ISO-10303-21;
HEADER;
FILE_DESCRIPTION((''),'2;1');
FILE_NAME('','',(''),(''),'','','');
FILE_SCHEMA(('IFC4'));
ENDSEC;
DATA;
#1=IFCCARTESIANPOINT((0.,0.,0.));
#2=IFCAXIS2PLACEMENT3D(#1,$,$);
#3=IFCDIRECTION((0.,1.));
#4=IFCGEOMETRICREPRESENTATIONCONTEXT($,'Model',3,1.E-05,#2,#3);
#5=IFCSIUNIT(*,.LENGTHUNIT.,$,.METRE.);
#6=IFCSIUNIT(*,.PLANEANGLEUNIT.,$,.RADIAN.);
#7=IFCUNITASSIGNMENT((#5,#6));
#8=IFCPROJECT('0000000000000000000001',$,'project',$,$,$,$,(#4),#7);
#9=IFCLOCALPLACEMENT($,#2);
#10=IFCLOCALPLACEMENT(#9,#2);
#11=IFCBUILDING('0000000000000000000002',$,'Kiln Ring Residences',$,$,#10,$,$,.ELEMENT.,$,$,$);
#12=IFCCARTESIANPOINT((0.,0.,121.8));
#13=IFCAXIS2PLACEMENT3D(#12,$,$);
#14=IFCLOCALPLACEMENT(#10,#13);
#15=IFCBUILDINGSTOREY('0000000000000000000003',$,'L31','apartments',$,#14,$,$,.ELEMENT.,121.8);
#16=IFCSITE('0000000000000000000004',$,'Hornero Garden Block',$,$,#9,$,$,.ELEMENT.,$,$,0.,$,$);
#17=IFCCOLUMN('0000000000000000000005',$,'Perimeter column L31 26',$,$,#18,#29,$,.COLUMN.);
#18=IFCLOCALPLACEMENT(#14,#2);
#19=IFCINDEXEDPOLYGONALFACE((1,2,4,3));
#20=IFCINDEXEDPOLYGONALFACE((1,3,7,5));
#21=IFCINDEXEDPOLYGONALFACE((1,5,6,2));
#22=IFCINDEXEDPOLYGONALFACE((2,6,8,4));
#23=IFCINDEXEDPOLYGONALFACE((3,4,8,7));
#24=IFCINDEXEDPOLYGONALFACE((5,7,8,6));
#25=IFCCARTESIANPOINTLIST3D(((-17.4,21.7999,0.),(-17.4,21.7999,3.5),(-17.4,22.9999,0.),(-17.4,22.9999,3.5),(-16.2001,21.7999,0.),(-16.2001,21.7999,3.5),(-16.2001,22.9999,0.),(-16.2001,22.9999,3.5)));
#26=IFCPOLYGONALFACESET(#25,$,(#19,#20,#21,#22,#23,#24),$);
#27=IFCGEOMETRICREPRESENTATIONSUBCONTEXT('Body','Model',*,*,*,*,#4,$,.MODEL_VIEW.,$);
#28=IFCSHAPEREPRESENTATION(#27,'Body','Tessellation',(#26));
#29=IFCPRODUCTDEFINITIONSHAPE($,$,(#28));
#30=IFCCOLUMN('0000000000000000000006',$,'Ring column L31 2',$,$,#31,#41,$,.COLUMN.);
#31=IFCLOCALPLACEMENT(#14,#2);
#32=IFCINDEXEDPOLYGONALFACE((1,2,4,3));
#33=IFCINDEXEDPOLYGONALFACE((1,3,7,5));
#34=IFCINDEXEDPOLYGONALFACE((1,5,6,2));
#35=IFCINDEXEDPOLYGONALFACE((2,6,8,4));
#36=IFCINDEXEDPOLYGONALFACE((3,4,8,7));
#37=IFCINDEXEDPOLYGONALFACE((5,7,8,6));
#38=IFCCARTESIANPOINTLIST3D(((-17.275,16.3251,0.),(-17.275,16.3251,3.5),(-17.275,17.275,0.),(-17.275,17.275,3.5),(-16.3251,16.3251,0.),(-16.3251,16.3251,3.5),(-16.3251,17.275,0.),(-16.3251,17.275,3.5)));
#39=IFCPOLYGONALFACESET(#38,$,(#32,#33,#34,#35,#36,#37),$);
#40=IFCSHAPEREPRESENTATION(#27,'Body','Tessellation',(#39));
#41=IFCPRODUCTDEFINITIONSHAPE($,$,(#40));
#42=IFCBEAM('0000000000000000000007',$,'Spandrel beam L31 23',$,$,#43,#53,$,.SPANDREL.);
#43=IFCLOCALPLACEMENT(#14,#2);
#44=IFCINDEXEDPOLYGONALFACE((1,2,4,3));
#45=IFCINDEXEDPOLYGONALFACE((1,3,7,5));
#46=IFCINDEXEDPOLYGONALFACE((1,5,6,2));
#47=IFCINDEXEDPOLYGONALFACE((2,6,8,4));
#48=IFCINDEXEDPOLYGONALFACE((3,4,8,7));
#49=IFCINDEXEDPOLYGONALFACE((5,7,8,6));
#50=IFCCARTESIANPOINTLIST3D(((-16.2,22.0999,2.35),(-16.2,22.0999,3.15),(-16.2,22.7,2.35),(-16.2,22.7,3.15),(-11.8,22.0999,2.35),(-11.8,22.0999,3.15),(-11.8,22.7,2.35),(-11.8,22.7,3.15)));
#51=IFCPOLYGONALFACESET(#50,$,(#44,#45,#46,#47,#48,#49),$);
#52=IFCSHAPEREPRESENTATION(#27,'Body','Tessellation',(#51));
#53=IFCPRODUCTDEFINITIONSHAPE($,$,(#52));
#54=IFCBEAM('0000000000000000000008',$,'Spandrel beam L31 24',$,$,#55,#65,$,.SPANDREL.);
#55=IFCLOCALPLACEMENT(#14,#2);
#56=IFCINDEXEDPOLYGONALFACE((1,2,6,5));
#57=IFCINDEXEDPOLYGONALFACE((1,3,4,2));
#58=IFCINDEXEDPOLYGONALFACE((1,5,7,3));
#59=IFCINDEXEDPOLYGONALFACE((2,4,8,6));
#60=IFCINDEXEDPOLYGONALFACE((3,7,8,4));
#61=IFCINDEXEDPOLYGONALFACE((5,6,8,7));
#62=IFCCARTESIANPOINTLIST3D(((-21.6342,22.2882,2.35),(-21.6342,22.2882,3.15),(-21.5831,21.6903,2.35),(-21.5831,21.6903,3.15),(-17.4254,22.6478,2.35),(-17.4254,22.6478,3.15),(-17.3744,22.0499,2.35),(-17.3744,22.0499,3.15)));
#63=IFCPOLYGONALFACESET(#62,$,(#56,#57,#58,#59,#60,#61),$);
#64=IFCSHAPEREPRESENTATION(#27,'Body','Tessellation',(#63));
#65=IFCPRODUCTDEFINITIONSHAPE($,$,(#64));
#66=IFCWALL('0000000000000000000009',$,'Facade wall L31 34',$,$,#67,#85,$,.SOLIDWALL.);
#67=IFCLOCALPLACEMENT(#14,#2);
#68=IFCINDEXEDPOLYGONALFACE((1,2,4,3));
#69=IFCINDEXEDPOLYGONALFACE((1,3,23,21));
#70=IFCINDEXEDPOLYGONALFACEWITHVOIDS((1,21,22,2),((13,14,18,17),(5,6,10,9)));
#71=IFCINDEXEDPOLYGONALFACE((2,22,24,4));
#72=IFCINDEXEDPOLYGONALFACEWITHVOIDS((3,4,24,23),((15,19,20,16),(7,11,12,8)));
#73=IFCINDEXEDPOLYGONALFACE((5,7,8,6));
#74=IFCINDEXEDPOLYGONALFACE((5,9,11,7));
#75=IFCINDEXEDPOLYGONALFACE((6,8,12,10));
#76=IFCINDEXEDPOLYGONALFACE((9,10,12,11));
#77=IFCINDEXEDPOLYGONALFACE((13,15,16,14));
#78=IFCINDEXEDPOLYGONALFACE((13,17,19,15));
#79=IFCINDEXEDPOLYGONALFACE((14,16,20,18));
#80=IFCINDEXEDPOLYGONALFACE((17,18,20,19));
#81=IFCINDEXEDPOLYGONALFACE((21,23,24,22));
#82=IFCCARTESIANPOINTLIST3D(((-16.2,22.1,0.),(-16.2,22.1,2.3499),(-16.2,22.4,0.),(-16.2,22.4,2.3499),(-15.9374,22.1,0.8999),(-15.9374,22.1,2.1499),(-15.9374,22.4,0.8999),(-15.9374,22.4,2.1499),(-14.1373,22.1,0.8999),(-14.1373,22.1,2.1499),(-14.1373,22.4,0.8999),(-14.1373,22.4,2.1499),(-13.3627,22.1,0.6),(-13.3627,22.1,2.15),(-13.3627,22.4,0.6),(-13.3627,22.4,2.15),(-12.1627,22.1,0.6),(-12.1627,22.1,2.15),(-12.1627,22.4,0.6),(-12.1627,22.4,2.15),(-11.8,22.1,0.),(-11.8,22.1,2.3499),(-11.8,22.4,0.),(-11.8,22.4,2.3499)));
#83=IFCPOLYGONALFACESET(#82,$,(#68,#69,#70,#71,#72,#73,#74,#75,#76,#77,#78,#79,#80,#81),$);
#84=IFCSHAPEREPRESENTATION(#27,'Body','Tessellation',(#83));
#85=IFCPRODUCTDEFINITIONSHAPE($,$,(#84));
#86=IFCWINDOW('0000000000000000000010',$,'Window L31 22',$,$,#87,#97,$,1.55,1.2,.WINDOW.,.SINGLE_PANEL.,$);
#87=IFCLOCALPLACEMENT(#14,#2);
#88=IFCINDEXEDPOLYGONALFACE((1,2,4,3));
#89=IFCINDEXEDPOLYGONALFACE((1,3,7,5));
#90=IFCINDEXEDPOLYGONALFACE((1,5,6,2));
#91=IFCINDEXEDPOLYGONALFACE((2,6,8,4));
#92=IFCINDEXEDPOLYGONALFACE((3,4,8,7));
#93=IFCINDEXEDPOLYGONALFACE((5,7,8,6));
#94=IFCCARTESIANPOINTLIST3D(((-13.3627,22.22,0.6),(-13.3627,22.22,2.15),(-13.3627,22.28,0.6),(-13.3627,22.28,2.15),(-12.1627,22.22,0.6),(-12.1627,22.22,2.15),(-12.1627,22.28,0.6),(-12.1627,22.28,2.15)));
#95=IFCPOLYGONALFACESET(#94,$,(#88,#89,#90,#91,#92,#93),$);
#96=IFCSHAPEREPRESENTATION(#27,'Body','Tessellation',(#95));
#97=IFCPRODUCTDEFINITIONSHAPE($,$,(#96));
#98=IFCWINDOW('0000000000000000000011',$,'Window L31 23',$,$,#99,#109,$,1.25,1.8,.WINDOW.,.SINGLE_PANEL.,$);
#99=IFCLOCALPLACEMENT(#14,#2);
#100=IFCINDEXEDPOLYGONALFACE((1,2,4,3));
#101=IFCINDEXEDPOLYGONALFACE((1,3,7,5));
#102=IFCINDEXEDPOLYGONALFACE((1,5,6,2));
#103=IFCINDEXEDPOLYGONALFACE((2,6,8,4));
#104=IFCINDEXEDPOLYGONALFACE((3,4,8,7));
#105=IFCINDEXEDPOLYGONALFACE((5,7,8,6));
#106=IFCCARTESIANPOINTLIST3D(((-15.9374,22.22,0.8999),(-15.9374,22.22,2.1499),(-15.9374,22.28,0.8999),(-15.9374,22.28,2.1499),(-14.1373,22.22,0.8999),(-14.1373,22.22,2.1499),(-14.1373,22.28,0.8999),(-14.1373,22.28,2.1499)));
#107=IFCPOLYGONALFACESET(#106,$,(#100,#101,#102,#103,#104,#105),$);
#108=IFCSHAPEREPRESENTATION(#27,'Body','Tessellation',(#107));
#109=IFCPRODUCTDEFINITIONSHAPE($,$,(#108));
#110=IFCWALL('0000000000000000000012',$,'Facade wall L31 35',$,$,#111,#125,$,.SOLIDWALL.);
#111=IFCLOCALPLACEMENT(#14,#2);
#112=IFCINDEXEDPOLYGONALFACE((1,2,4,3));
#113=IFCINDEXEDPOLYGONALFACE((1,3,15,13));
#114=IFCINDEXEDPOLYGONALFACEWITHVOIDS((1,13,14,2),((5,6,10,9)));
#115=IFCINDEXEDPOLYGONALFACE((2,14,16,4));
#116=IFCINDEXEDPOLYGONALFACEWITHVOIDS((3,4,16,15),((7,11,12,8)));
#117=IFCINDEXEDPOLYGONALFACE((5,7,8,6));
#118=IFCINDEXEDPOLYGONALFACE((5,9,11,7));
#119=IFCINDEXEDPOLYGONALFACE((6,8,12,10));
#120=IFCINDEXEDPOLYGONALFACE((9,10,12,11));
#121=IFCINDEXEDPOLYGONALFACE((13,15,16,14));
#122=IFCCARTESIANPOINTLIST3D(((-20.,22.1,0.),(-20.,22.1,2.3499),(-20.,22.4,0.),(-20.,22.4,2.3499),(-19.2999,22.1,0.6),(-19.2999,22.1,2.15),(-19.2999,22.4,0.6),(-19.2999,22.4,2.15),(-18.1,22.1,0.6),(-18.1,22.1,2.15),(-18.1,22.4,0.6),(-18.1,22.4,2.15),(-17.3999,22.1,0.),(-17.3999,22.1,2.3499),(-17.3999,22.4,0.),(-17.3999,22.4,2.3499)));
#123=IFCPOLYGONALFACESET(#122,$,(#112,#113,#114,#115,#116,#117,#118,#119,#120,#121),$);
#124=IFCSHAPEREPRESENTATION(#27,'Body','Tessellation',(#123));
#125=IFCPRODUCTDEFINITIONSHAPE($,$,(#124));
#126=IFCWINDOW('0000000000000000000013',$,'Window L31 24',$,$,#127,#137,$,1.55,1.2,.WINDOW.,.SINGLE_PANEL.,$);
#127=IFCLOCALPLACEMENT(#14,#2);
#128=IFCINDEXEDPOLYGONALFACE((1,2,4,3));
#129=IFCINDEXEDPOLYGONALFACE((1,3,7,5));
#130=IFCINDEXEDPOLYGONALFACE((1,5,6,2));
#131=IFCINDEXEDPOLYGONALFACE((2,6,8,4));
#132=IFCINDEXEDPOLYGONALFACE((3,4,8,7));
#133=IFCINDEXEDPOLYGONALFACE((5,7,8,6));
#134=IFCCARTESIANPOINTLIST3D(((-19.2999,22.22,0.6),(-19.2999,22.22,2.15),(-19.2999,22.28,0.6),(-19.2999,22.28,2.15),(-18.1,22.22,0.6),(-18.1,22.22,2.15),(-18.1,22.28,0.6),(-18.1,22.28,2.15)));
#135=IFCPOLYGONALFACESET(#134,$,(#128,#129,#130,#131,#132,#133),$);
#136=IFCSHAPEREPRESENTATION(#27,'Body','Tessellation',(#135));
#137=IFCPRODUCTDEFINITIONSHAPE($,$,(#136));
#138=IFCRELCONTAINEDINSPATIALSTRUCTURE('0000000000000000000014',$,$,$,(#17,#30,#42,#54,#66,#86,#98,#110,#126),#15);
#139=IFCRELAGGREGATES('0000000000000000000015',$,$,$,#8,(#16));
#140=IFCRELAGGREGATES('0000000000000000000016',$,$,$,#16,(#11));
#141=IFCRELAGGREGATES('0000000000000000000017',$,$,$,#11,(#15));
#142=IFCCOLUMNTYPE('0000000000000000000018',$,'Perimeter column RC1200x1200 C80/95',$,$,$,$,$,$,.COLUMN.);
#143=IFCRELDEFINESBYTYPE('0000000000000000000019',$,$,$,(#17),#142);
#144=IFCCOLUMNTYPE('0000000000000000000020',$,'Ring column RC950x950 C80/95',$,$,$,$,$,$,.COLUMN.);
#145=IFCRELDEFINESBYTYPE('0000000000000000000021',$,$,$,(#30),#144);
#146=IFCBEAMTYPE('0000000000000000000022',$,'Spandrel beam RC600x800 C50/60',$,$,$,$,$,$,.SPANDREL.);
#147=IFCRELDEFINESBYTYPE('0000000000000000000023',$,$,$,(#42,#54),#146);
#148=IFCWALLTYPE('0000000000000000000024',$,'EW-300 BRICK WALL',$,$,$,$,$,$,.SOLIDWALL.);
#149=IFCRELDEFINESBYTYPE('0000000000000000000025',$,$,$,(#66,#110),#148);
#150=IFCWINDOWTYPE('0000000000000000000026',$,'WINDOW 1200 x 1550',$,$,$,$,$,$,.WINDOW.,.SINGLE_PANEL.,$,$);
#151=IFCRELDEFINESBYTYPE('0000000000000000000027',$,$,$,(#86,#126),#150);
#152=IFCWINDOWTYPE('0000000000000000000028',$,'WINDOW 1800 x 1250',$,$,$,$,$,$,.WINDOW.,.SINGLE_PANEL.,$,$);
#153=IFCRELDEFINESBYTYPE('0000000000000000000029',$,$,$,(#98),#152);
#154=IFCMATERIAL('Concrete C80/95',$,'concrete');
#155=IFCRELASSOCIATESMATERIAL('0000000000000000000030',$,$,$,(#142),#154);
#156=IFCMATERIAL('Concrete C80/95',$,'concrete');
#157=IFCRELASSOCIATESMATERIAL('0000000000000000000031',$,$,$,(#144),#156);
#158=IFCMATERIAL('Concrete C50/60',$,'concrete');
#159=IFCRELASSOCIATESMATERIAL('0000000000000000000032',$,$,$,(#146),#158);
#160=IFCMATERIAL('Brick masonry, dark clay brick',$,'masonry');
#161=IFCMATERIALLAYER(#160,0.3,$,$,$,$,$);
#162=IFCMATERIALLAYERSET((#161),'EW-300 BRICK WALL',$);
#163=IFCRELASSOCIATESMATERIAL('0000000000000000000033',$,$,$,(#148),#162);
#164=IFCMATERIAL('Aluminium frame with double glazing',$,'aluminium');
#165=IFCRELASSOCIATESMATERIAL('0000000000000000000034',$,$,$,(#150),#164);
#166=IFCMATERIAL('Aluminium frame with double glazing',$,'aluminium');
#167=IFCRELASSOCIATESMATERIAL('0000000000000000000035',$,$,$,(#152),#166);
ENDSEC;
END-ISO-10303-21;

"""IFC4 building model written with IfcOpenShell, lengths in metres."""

from ifc_helpers import new_model, si_unit, direction, frame, frame_2d, origin, origin_2d, place, context, subcontext, project, spatial, rectangle, extrude, material, layer, layer_set, material_profile, profile_set, type_object, element, fill, save


model = new_model("IFC4")

# Units and contexts
model_context = context("Model", 3, precision=1e-05, world=origin(), true_north=direction((0.0, 1.0)))
body_context = subcontext(model_context, "Body", "Model", "MODEL_VIEW")
ifc_project = project(units=[si_unit("LENGTHUNIT", "METRE"), si_unit("PLANEANGLEUNIT", "RADIAN")], contexts=[model_context])

# Site, building, storey
site_placement = place(None, origin())
site = spatial("IfcSite", under=ifc_project, at=site_placement, Name="Hornero Garden Block", CompositionType="ELEMENT", RefElevation=0.0)
building_placement = place(site_placement, origin())
building = spatial("IfcBuilding", under=site, at=building_placement, Name="Kiln Ring Residences", CompositionType="ELEMENT")
storey_placement = place(building_placement, frame((0.0, 0.0, 121.8)))
storey = spatial("IfcBuildingStorey", under=building, at=storey_placement, Name="L31", Description="apartments", CompositionType="ELEMENT", Elevation=121.8)

# Columns
ifc_material_1 = material(Name="Concrete C80/95", Category="concrete")
ifc_material_profile_1 = material_profile(ifc_material_1, rectangle(XDim=1.2, YDim=1.2, at=origin_2d()), Name="RC1200x1200")
ifc_profile_set_1 = profile_set([ifc_material_profile_1], Name="Concrete C80/95")
column_type_1 = type_object("IfcColumnType", Name="Perimeter column RC1200x1200 C80/95", PredefinedType="COLUMN", material=ifc_profile_set_1)
column_1_placement = place(storey_placement, frame((-16.8, 22.3999, 0.0), z_axis=(0.0, 0.0, 1.0), x_axis=(1.0, 0.0, 0.0)))
element("IfcColumn", 1, at=column_1_placement, inside=storey, type_object=column_type_1, Name="Perimeter column L31 26", PredefinedType="COLUMN", context=body_context, shape_type="SweptSolid", body=[
    extrude(rectangle(XDim=1.2, YDim=1.2, at=origin_2d()), origin(), (0.0, 0.0, 1.0), 3.5),
])
ifc_material_2 = material(Name="Concrete C80/95", Category="concrete")
ifc_material_profile_2 = material_profile(ifc_material_2, rectangle(XDim=0.95, YDim=0.95, at=origin_2d()), Name="RC950x950")
ifc_profile_set_2 = profile_set([ifc_material_profile_2], Name="Concrete C80/95")
column_type_2 = type_object("IfcColumnType", Name="Ring column RC950x950 C80/95", PredefinedType="COLUMN", material=ifc_profile_set_2)
column_2_placement = place(storey_placement, frame((-16.8, 16.8, 0.0), z_axis=(0.0, 0.0, 1.0), x_axis=(1.0, 0.0, 0.0)))
element("IfcColumn", 2, at=column_2_placement, inside=storey, type_object=column_type_2, Name="Ring column L31 2", PredefinedType="COLUMN", context=body_context, shape_type="SweptSolid", body=[
    extrude(rectangle(XDim=0.95, YDim=0.95, at=origin_2d()), origin(), (0.0, 0.0, 1.0), 3.5),
])

# Beams
ifc_material_3 = material(Name="Concrete C50/60", Category="concrete")
ifc_material_profile_3 = material_profile(ifc_material_3, rectangle(XDim=0.6001, YDim=0.8, at=origin_2d()), Name="RC600x800")
ifc_profile_set_3 = profile_set([ifc_material_profile_3], Name="Concrete C50/60")
beam_type = type_object("IfcBeamType", Name="Spandrel beam RC600x800 C50/60", PredefinedType="SPANDREL", material=ifc_profile_set_3)
beam_1_placement = place(storey_placement, frame((-11.8, 22.3999, 2.75), z_axis=(-1.0, 0.0, 0.0), x_axis=(0.0, -1.0, 0.0)))
element("IfcBeam", 3, at=beam_1_placement, inside=storey, type_object=beam_type, Name="Spandrel beam L31 23", PredefinedType="SPANDREL", context=body_context, shape_type="SweptSolid", body=[
    extrude(rectangle(XDim=0.6001, YDim=0.8, at=origin_2d()), origin(), (0.0, 0.0, 1.0), 4.3999),
])
beam_2_placement = place(storey_placement, frame((-17.3999, 22.3489, 2.75), z_axis=(-0.996369, -0.085136, 0.0), x_axis=(0.085136, -0.996369, 0.0)))
element("IfcBeam", 4, at=beam_2_placement, inside=storey, type_object=beam_type, Name="Spandrel beam L31 24", PredefinedType="SPANDREL", context=body_context, shape_type="SweptSolid", body=[
    extrude(rectangle(XDim=0.6001, YDim=0.8, at=origin_2d()), origin(), (0.0, 0.0, 1.0), 4.2241),
])

# Wall, openings, windows
ifc_material_4 = material(Name="Brick masonry, dark clay brick", Category="masonry")
ifc_layer = layer(ifc_material_4, 0.3)
ifc_layer_set = layer_set([ifc_layer], Name="EW-300 BRICK WALL")
wall_type = type_object("IfcWallType", Name="EW-300 BRICK WALL", PredefinedType="SOLIDWALL", material=ifc_layer_set)
wall_1_placement = place(storey_placement, frame((-11.8, 22.25, 0.0), z_axis=(0.0, 0.0, 1.0), x_axis=(-1.0, 0.0, 0.0)))
wall_1 = element("IfcWall", 5, at=wall_1_placement, inside=storey, type_object=wall_type, Name="Facade wall L31 34", PredefinedType="SOLIDWALL", context=body_context, shape_type="SweptSolid", body=[
    extrude(rectangle(XDim=4.3999, YDim=0.3, at=frame_2d((2.2, 0.0))), origin(), (0.0, 0.0, 1.0), 2.3499),
])
opening_1_placement = place(wall_1_placement, frame((0.3625, 0.0, 0.6001)))
opening_1 = element("IfcOpeningElement", 6, at=opening_1_placement, cuts=wall_1, PredefinedType="OPENING", context=body_context, shape_type="SweptSolid", body=[
    extrude(rectangle(XDim=1.2, YDim=1.55, at=frame_2d((0.6001, 0.7749))), frame((0.0, 0.1599, 0.0), z_axis=(0.0, -1.0, 0.0), x_axis=(1.0, 0.0, 0.0)), (0.0, 0.0, 1.0), 0.3201),
])
opening_2_placement = place(wall_1_placement, frame((2.3374, 0.0, 0.8999)))
opening_2 = element("IfcOpeningElement", 7, at=opening_2_placement, cuts=wall_1, PredefinedType="OPENING", context=body_context, shape_type="SweptSolid", body=[
    extrude(rectangle(XDim=1.8, YDim=1.25, at=frame_2d((0.8999, 0.625))), frame((0.0, 0.1599, 0.0), z_axis=(0.0, -1.0, 0.0), x_axis=(1.0, 0.0, 0.0)), (0.0, 0.0, 1.0), 0.3201),
])
ifc_material_5 = material(Name="Aluminium frame with double glazing", Category="aluminium")
window_type_1 = type_object("IfcWindowType", Name="WINDOW 1200 x 1550", PartitioningType="SINGLE_PANEL", PredefinedType="WINDOW", material=ifc_material_5)
window_1_placement = place(opening_1_placement, origin())
window_1 = element("IfcWindow", 8, at=window_1_placement, inside=storey, type_object=window_type_1, Name="Window L31 22", OverallHeight=1.55, OverallWidth=1.2, PartitioningType="SINGLE_PANEL", PredefinedType="WINDOW", context=body_context, shape_type="SweptSolid", body=[
    extrude(rectangle(XDim=1.2, YDim=1.55, at=frame_2d((0.6001, 0.7749))), frame((0.0, 0.03, 0.0), z_axis=(0.0, -1.0, 0.0), x_axis=(1.0, 0.0, 0.0)), (0.0, 0.0, 1.0), 0.0601),
])
fill(opening_1, window_1)
ifc_material_6 = material(Name="Aluminium frame with double glazing", Category="aluminium")
window_type_2 = type_object("IfcWindowType", Name="WINDOW 1800 x 1250", PartitioningType="SINGLE_PANEL", PredefinedType="WINDOW", material=ifc_material_6)
window_2_placement = place(opening_2_placement, origin())
window_2 = element("IfcWindow", 9, at=window_2_placement, inside=storey, type_object=window_type_2, Name="Window L31 23", OverallHeight=1.25, OverallWidth=1.8, PartitioningType="SINGLE_PANEL", PredefinedType="WINDOW", context=body_context, shape_type="SweptSolid", body=[
    extrude(rectangle(XDim=1.8, YDim=1.25, at=frame_2d((0.8999, 0.625))), frame((0.0, 0.03, 0.0), z_axis=(0.0, -1.0, 0.0), x_axis=(1.0, 0.0, 0.0)), (0.0, 0.0, 1.0), 0.0601),
])
fill(opening_2, window_2)

# Wall, opening, window
wall_2_placement = place(storey_placement, frame((-17.3999, 22.25, 0.0), z_axis=(0.0, 0.0, 1.0), x_axis=(-1.0, 0.0, 0.0)))
wall_2 = element("IfcWall", 10, at=wall_2_placement, inside=storey, type_object=wall_type, Name="Facade wall L31 35", PredefinedType="SOLIDWALL", context=body_context, shape_type="SweptSolid", body=[
    extrude(rectangle(XDim=2.6001, YDim=0.3, at=frame_2d((1.3, 0.0))), origin(), (0.0, 0.0, 1.0), 2.3499),
])
opening_3_placement = place(wall_2_placement, frame((0.7, 0.0, 0.6001)))
opening_3 = element("IfcOpeningElement", 11, at=opening_3_placement, cuts=wall_2, PredefinedType="OPENING", context=body_context, shape_type="SweptSolid", body=[
    extrude(rectangle(XDim=1.2, YDim=1.55, at=frame_2d((0.6001, 0.7749))), frame((0.0, 0.1599, 0.0), z_axis=(0.0, -1.0, 0.0), x_axis=(1.0, 0.0, 0.0)), (0.0, 0.0, 1.0), 0.3201),
])
window_3_placement = place(opening_3_placement, origin())
window_3 = element("IfcWindow", 12, at=window_3_placement, inside=storey, type_object=window_type_1, Name="Window L31 24", OverallHeight=1.55, OverallWidth=1.2, PartitioningType="SINGLE_PANEL", PredefinedType="WINDOW", context=body_context, shape_type="SweptSolid", body=[
    extrude(rectangle(XDim=1.2, YDim=1.55, at=frame_2d((0.6001, 0.7749))), frame((0.0, 0.03, 0.0), z_axis=(0.0, -1.0, 0.0), x_axis=(1.0, 0.0, 0.0)), (0.0, 0.0, 1.0), 0.0601),
])
fill(opening_3, window_3)

save(model, "model.ifc")
